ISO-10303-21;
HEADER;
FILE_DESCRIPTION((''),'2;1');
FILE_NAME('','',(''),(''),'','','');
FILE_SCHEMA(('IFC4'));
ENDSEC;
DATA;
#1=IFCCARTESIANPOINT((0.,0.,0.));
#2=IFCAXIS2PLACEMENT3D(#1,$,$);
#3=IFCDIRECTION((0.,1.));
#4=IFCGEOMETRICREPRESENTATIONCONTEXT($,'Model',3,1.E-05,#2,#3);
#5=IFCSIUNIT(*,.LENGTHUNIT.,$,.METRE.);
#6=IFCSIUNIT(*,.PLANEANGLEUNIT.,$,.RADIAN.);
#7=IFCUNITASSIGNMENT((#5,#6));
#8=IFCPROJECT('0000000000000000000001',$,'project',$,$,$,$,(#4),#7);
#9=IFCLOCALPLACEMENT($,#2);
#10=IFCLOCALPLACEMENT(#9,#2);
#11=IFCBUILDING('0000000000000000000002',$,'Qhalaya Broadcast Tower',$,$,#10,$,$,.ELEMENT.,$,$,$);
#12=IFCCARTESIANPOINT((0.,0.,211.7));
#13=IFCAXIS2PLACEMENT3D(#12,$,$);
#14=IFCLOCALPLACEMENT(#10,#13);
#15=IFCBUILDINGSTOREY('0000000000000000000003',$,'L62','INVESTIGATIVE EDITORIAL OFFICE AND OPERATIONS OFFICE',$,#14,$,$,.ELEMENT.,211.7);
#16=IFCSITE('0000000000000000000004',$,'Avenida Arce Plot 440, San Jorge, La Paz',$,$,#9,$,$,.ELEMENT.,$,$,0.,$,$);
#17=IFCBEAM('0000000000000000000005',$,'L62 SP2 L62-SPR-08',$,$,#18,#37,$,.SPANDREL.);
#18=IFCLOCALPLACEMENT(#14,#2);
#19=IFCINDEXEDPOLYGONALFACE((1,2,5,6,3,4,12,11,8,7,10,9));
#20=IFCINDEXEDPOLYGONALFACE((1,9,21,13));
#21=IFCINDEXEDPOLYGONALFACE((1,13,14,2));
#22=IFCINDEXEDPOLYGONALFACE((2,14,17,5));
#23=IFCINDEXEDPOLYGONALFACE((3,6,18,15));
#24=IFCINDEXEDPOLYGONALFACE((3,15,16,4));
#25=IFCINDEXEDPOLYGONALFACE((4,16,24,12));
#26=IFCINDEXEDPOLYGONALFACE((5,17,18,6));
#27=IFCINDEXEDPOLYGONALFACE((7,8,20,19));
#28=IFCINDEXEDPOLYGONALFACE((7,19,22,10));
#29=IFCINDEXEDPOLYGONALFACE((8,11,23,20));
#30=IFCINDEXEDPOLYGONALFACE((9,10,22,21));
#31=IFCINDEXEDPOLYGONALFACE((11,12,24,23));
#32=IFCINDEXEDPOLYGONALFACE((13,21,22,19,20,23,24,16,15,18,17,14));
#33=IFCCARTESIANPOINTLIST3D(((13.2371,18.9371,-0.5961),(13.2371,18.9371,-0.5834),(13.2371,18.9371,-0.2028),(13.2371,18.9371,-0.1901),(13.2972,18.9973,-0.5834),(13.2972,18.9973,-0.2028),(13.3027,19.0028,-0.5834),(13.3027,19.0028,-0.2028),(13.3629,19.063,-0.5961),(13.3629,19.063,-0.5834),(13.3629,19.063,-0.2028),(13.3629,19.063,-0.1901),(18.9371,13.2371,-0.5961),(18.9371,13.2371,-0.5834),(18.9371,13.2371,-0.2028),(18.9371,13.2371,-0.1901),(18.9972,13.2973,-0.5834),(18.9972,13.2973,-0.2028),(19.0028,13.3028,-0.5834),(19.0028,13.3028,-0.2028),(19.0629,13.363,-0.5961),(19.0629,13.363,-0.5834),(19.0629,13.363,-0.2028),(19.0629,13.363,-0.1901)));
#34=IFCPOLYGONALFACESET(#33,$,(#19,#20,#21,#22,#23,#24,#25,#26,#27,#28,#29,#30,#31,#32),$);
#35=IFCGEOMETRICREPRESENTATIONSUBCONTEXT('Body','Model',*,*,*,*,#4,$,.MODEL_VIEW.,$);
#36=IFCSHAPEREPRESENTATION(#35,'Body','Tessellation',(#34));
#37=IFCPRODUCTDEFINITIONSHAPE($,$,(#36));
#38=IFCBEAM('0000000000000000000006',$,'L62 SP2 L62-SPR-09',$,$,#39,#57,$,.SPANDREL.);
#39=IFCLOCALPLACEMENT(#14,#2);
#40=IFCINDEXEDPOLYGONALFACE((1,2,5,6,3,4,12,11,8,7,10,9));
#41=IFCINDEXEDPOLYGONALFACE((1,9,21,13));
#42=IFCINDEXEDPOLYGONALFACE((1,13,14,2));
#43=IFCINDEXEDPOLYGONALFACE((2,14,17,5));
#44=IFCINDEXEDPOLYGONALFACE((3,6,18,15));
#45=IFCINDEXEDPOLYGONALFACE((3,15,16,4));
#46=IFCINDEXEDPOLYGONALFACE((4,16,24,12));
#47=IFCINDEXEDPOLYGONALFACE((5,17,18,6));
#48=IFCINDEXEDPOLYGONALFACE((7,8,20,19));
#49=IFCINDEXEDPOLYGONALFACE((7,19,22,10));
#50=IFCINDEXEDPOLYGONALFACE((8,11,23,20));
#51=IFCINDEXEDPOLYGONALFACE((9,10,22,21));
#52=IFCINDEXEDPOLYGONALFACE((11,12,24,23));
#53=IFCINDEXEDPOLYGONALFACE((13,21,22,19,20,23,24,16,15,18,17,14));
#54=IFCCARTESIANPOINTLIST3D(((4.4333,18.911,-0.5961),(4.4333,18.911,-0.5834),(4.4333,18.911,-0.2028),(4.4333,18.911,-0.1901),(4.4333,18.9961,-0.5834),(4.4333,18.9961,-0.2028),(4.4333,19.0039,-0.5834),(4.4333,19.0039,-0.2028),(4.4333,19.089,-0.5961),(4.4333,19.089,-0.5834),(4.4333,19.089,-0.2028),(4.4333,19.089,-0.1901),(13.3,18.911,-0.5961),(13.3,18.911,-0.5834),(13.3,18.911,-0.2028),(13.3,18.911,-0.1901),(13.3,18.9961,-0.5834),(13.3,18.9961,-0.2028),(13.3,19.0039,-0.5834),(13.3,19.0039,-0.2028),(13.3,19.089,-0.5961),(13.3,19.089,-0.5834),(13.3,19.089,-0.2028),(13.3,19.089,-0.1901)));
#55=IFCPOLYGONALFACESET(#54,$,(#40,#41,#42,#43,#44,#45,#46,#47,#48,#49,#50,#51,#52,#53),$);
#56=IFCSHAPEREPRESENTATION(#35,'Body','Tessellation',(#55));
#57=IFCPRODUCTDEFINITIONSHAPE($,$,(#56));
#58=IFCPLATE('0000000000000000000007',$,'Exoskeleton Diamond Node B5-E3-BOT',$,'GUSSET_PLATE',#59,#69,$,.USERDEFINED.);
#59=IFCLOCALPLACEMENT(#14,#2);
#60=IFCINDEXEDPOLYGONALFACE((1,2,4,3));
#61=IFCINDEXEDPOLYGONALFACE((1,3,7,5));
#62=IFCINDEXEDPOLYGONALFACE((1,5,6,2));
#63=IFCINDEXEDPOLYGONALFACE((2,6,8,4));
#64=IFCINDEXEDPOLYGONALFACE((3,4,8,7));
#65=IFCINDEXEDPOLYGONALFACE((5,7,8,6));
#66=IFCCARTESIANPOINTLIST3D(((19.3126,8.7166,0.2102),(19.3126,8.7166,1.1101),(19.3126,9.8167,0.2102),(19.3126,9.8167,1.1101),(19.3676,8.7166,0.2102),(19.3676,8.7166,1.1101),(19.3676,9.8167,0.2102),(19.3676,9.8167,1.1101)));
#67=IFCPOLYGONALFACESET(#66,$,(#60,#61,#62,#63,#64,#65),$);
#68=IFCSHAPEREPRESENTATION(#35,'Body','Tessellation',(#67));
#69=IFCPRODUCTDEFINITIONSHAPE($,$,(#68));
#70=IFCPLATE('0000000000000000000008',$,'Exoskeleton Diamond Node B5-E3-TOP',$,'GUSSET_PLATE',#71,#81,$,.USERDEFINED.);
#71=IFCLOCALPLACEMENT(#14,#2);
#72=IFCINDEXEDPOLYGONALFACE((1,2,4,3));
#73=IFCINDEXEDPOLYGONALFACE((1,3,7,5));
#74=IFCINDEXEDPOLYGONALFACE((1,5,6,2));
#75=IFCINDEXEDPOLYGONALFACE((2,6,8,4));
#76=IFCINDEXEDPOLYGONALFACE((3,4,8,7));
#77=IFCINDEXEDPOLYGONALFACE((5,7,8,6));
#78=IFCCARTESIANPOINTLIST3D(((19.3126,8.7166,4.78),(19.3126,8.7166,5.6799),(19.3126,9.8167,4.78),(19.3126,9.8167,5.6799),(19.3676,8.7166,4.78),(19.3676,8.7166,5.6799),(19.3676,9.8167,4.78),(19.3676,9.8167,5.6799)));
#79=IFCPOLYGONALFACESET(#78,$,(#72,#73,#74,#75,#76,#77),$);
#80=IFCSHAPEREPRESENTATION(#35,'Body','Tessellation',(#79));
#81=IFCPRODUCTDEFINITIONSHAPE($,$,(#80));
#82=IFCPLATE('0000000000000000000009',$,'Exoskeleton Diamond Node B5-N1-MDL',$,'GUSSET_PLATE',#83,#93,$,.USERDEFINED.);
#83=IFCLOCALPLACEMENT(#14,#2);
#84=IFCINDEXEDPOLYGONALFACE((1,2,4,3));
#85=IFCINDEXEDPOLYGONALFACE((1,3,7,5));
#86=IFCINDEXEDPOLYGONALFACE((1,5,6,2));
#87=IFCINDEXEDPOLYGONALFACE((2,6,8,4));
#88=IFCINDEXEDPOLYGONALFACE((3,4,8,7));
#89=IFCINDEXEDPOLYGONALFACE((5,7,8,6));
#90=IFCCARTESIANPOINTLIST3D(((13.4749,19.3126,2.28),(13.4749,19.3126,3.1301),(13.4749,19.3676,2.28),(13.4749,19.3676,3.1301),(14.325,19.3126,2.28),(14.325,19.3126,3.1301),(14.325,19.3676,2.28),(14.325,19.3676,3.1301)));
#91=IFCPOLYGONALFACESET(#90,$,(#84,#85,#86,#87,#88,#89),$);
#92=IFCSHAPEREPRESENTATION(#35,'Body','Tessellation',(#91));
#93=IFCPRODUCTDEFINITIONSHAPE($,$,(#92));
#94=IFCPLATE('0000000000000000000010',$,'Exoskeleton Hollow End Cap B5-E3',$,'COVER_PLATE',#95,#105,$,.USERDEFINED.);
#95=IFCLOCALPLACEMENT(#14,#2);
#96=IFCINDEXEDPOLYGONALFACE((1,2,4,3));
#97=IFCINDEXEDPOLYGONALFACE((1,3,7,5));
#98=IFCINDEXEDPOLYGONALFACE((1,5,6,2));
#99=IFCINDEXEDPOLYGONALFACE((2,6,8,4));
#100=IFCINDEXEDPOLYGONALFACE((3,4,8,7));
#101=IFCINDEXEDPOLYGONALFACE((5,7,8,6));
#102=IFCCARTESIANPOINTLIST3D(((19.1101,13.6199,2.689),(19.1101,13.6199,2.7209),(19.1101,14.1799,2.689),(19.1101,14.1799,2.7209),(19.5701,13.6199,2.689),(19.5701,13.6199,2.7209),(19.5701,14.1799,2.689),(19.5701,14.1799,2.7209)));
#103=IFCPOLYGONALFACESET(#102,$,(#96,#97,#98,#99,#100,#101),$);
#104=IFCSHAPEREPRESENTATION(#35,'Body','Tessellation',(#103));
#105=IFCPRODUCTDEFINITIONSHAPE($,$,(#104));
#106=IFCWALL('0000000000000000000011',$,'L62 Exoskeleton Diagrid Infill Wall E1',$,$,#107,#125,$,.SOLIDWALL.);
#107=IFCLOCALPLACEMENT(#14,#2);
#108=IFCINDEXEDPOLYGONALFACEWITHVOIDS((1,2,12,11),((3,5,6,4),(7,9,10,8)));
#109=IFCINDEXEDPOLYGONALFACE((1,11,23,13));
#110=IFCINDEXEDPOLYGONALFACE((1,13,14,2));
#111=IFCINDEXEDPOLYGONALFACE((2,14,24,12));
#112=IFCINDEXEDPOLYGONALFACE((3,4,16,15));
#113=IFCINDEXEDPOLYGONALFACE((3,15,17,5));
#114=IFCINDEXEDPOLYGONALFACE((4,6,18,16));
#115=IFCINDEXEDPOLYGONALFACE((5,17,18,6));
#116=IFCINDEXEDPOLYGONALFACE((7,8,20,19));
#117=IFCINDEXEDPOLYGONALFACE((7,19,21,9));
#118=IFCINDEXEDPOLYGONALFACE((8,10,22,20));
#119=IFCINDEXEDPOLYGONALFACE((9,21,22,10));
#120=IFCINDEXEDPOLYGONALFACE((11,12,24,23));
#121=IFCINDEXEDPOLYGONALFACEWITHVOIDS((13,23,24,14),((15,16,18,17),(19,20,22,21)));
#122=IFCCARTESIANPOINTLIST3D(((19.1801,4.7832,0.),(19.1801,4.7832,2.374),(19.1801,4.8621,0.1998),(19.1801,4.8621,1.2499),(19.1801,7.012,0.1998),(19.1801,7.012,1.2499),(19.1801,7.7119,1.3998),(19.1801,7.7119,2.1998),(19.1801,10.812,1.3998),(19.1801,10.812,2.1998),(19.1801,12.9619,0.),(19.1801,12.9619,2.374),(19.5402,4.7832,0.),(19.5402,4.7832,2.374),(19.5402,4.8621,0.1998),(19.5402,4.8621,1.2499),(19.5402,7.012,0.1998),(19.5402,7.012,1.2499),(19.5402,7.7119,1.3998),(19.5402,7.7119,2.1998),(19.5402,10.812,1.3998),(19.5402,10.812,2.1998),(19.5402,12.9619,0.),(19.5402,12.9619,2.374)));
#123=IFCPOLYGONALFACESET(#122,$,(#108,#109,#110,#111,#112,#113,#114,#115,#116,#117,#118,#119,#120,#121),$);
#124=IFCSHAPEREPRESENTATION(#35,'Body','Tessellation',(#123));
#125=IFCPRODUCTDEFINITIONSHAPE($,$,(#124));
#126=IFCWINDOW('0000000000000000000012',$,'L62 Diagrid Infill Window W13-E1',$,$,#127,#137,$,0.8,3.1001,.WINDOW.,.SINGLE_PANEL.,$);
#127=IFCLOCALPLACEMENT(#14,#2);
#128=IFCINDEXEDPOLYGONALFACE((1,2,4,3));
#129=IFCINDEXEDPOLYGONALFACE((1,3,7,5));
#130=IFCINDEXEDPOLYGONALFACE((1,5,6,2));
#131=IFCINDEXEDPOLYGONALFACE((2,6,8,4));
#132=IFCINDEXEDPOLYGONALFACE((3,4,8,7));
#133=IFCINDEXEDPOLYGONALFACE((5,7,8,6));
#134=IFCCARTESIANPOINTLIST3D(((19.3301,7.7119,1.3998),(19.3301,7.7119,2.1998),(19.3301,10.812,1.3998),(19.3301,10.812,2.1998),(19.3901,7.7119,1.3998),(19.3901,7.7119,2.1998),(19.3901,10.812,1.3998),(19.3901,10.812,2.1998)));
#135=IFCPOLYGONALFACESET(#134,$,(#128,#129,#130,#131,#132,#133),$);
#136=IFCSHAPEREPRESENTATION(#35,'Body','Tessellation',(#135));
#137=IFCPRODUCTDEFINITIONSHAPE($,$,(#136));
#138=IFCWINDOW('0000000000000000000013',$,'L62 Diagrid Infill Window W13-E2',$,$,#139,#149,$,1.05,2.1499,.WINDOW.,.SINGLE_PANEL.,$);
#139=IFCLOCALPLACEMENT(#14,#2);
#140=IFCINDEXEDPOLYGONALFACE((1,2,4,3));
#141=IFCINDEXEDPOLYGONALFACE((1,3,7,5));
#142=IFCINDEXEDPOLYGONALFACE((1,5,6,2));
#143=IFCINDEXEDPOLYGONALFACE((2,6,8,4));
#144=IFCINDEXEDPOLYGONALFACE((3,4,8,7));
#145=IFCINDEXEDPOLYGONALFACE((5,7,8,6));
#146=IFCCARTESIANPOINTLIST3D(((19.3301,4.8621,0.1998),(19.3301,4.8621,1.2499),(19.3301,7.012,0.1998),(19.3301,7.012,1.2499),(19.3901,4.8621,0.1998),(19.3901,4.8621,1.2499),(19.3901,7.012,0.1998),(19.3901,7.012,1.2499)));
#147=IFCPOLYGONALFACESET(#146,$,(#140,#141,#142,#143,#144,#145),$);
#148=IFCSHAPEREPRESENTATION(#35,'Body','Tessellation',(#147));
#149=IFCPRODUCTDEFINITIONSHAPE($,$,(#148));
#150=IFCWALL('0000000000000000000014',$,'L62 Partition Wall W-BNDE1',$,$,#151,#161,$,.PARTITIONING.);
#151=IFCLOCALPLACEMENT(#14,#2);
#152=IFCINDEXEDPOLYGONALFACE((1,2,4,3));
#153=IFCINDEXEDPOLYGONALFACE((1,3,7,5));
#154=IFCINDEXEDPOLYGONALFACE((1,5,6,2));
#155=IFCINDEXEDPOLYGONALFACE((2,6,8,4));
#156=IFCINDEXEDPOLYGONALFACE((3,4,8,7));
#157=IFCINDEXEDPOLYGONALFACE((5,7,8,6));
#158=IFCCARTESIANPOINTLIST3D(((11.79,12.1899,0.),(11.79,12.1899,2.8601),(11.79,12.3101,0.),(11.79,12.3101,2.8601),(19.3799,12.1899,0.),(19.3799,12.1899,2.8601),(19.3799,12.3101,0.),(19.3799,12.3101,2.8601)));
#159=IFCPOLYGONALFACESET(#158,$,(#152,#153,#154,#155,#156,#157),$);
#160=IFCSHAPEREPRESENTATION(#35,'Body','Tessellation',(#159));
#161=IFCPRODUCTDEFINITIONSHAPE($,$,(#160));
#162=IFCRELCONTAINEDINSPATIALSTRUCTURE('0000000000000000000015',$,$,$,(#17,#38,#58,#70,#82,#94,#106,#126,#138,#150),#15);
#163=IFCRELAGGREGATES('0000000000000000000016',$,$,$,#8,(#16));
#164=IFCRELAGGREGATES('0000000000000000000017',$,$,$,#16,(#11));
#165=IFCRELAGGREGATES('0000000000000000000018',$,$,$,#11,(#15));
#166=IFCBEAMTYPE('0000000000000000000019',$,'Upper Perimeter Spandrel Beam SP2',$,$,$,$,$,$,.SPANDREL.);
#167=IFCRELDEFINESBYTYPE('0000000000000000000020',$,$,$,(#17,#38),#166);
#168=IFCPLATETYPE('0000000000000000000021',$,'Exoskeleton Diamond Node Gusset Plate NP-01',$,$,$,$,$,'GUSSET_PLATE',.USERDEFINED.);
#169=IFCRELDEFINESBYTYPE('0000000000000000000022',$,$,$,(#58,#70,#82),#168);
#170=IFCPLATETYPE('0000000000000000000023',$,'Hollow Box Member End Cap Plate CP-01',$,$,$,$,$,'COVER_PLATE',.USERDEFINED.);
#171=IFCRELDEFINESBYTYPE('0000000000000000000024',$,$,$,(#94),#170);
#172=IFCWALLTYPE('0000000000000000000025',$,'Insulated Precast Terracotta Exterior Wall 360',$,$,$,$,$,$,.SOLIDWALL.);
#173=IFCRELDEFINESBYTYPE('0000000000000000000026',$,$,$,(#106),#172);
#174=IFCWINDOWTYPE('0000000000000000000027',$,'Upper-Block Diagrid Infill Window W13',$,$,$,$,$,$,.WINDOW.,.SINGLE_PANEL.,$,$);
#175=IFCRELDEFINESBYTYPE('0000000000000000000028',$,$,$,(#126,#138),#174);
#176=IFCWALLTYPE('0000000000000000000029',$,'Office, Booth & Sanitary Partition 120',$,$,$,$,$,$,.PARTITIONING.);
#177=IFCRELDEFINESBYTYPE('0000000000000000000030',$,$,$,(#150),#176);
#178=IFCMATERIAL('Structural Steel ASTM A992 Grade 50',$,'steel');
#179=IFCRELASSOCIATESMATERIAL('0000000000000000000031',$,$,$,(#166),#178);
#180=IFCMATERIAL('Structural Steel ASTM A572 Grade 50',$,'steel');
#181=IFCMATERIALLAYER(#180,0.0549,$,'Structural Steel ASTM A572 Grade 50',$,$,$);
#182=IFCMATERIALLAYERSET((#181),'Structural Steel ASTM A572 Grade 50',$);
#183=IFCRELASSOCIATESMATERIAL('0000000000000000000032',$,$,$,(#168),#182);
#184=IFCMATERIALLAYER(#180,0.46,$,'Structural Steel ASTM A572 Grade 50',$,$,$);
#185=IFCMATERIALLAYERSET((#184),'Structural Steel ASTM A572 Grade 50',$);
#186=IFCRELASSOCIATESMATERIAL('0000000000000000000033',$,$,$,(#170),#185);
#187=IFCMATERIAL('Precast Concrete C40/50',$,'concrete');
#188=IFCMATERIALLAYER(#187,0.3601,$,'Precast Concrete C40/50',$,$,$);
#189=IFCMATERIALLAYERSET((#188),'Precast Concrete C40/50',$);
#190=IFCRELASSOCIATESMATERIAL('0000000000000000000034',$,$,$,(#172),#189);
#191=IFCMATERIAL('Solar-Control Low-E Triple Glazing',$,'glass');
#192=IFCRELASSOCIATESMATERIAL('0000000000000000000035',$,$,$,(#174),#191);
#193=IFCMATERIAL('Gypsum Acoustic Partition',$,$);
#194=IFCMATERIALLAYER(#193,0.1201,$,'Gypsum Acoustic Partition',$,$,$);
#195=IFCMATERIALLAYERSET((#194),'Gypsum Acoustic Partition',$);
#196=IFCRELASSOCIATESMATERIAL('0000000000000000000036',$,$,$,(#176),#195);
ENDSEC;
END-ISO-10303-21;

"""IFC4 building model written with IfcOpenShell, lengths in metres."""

from ifc_helpers import new_model, si_unit, direction, frame, frame_2d, origin, origin_2d, place, context, subcontext, project, spatial, rectangle, i_section, extrude, material, layer, layer_set, material_profile, profile_set, type_object, element, fill, save


model = new_model("IFC4")

# Units and contexts
model_context = context("Model", 3, precision=1e-05, world=origin(), true_north=direction((0.0, 1.0)))
body_context = subcontext(model_context, "Body", "Model", "MODEL_VIEW")
ifc_project = project(units=[si_unit("LENGTHUNIT", "METRE"), si_unit("PLANEANGLEUNIT", "RADIAN")], contexts=[model_context])

# Site, building, storey
site_placement = place(None, origin())
site = spatial("IfcSite", under=ifc_project, at=site_placement, Name="Avenida Arce Plot 440, San Jorge, La Paz", CompositionType="ELEMENT", RefElevation=0.0)
building_placement = place(site_placement, origin())
building = spatial("IfcBuilding", under=site, at=building_placement, Name="Qhalaya Broadcast Tower", CompositionType="ELEMENT")
storey_placement = place(building_placement, frame((0.0, 0.0, 211.7)))
storey = spatial("IfcBuildingStorey", under=building, at=storey_placement, Name="L62", Description="INVESTIGATIVE EDITORIAL OFFICE AND OPERATIONS OFFICE", CompositionType="ELEMENT", Elevation=211.7)

# Shared definitions
ifc_material_1 = material(Name="Structural Steel ASTM A572 Grade 50", Category="steel")

# Shared definitions
ifc_material_2 = material(Name="Structural Steel ASTM A992 Grade 50", Category="steel")

# Beams
ifc_material_profile_1 = material_profile(ifc_material_2, i_section(OverallWidth=0.178, OverallDepth=0.406, WebThickness=0.0078, FlangeThickness=0.0127, at=origin_2d()), Name="W16X40")
ifc_profile_set_1 = profile_set([ifc_material_profile_1], Name="Structural Steel ASTM A992 Grade 50")
beam_type_1 = type_object("IfcBeamType", Name="Upper Perimeter Spandrel Beam SP2", PredefinedType="SPANDREL", material=ifc_profile_set_1)
beam_1_placement = place(storey_placement, frame((19.0, 13.3, -0.3931), z_axis=(-0.707107, 0.707107, 0.0), x_axis=(-0.707107, -0.707107, 0.0)))
element("IfcBeam", 1, at=beam_1_placement, inside=storey, type_object=beam_type_1, Name="L62 SP2 L62-SPR-08", PredefinedType="SPANDREL", context=body_context, shape_type="SweptSolid", body=[
    extrude(i_section(OverallWidth=0.178, OverallDepth=0.406, WebThickness=0.0078, FlangeThickness=0.0127, at=origin_2d()), origin(), (0.0, 0.0, 1.0), 8.061),
])
beam_2_placement = place(storey_placement, frame((13.3, 19.0, -0.3931), z_axis=(-1.0, 0.0, 0.0), x_axis=(0.0, -1.0, 0.0)))
element("IfcBeam", 2, at=beam_2_placement, inside=storey, type_object=beam_type_1, Name="L62 SP2 L62-SPR-09", PredefinedType="SPANDREL", context=body_context, shape_type="SweptSolid", body=[
    extrude(i_section(OverallWidth=0.178, OverallDepth=0.406, WebThickness=0.0078, FlangeThickness=0.0127, at=origin_2d()), origin(), (0.0, 0.0, 1.0), 8.8667),
])

# Plates
ifc_layer_1 = layer(ifc_material_1, 0.0549, Name="Structural Steel ASTM A572 Grade 50")
ifc_layer_set_1 = layer_set([ifc_layer_1], Name="Structural Steel ASTM A572 Grade 50")
plate_type_1 = type_object("IfcPlateType", Name="Exoskeleton Diamond Node Gusset Plate NP-01", ElementType="GUSSET_PLATE", PredefinedType="USERDEFINED", material=ifc_layer_set_1)
for number, where, z_axis, x_axis, name in (
    (3, (19.3401, 9.2666, 0.2102), (0.0, 0.0, 1.0), (0.0, 1.0, 0.0), "Exoskeleton Diamond Node B5-E3-BOT"),
    (4, (19.3401, 9.2666, 4.78), (0.0, 0.0, 1.0), (0.0, 1.0, 0.0), "Exoskeleton Diamond Node B5-E3-TOP"),
):
    element("IfcPlate", number, at=place(storey_placement, frame(where, z_axis=z_axis, x_axis=x_axis)), inside=storey, type_object=plate_type_1, Name=name, ObjectType="GUSSET_PLATE", PredefinedType="USERDEFINED", context=body_context, shape_type="SweptSolid", body=[
        extrude(rectangle(XDim=1.1001, YDim=0.0549, at=origin_2d()), origin(), (0.0, 0.0, 1.0), 0.8999),
    ])
plate_1_placement = place(storey_placement, frame((13.8999, 19.3401, 2.28), z_axis=(0.0, 0.0, 1.0), x_axis=(1.0, 0.0, 0.0)))
element("IfcPlate", 5, at=plate_1_placement, inside=storey, type_object=plate_type_1, Name="Exoskeleton Diamond Node B5-N1-MDL", ObjectType="GUSSET_PLATE", PredefinedType="USERDEFINED", context=body_context, shape_type="SweptSolid", body=[
    extrude(rectangle(XDim=0.8501, YDim=0.0549, at=origin_2d()), origin(), (0.0, 0.0, 1.0), 0.8501),
])
ifc_layer_2 = layer(ifc_material_1, 0.46, Name="Structural Steel ASTM A572 Grade 50")
ifc_layer_set_2 = layer_set([ifc_layer_2], Name="Structural Steel ASTM A572 Grade 50")
plate_type_2 = type_object("IfcPlateType", Name="Hollow Box Member End Cap Plate CP-01", ElementType="COVER_PLATE", PredefinedType="USERDEFINED", material=ifc_layer_set_2)
plate_2_placement = place(storey_placement, frame((19.3401, 13.8999, 2.689), z_axis=(0.0, 0.0, 1.0), x_axis=(0.0, 1.0, 0.0)))
element("IfcPlate", 6, at=plate_2_placement, inside=storey, type_object=plate_type_2, Name="Exoskeleton Hollow End Cap B5-E3", ObjectType="COVER_PLATE", PredefinedType="USERDEFINED", context=body_context, shape_type="SweptSolid", body=[
    extrude(rectangle(XDim=0.5601, YDim=0.46, at=origin_2d()), origin(), (0.0, 0.0, 1.0), 0.032),
])

# Wall, openings, windows
ifc_material_3 = material(Name="Precast Concrete C40/50", Category="concrete")
ifc_layer_3 = layer(ifc_material_3, 0.3601, Name="Precast Concrete C40/50")
ifc_layer_set_3 = layer_set([ifc_layer_3], Name="Precast Concrete C40/50")
wall_type_1 = type_object("IfcWallType", Name="Insulated Precast Terracotta Exterior Wall 360", PredefinedType="SOLIDWALL", material=ifc_layer_set_3)
wall_1_placement = place(storey_placement, frame((19.3601, 12.9619, 0.0), z_axis=(0.0, 0.0, 1.0), x_axis=(0.0, -1.0, 0.0)))
wall_1 = element("IfcWall", 7, at=wall_1_placement, inside=storey, type_object=wall_type_1, Name="L62 Exoskeleton Diagrid Infill Wall E1", PredefinedType="SOLIDWALL", context=body_context, shape_type="SweptSolid", body=[
    extrude(rectangle(XDim=8.1787, YDim=0.3601, at=frame_2d((4.0894, 0.0))), origin(), (0.0, 0.0, 1.0), 2.374),
])
opening_1_placement = place(wall_1_placement, frame((2.1499, 0.0, 1.3999)))
opening_1 = element("IfcOpeningElement", 8, at=opening_1_placement, cuts=wall_1, PredefinedType="OPENING", context=body_context, shape_type="SweptSolid", body=[
    extrude(rectangle(XDim=3.1001, YDim=0.8, at=frame_2d((1.55, 0.3999))), frame((0.0, 0.1921, 0.0), z_axis=(0.0, -1.0, 0.0), x_axis=(1.0, 0.0, 0.0)), (0.0, 0.0, 1.0), 0.384),
])
opening_2_placement = place(wall_1_placement, frame((5.95, 0.0, 0.2)))
opening_2 = element("IfcOpeningElement", 9, at=opening_2_placement, cuts=wall_1, PredefinedType="OPENING", context=body_context, shape_type="SweptSolid", body=[
    extrude(rectangle(XDim=2.1499, YDim=1.05, at=frame_2d((1.075, 0.5249))), frame((0.0, 0.1921, 0.0), z_axis=(0.0, -1.0, 0.0), x_axis=(1.0, 0.0, 0.0)), (0.0, 0.0, 1.0), 0.384),
])
ifc_material_4 = material(Name="Solar-Control Low-E Triple Glazing", Category="glass")
window_type = type_object("IfcWindowType", Name="Upper-Block Diagrid Infill Window W13", PartitioningType="SINGLE_PANEL", PredefinedType="WINDOW", material=ifc_material_4)
window_1_placement = place(opening_1_placement, origin())
window_1 = element("IfcWindow", 10, at=window_1_placement, inside=storey, type_object=window_type, Name="L62 Diagrid Infill Window W13-E1", OverallHeight=0.8, OverallWidth=3.1001, PartitioningType="SINGLE_PANEL", PredefinedType="WINDOW", context=body_context, shape_type="SweptSolid", body=[
    extrude(rectangle(XDim=3.1001, YDim=0.8, at=frame_2d((1.55, 0.3999))), frame((0.0, 0.03, 0.0), z_axis=(0.0, -1.0, 0.0), x_axis=(1.0, 0.0, 0.0)), (0.0, 0.0, 1.0), 0.0601),
])
fill(opening_1, window_1)
window_2_placement = place(opening_2_placement, origin())
window_2 = element("IfcWindow", 11, at=window_2_placement, inside=storey, type_object=window_type, Name="L62 Diagrid Infill Window W13-E2", OverallHeight=1.05, OverallWidth=2.1499, PartitioningType="SINGLE_PANEL", PredefinedType="WINDOW", context=body_context, shape_type="SweptSolid", body=[
    extrude(rectangle(XDim=2.1499, YDim=1.05, at=frame_2d((1.075, 0.5249))), frame((0.0, 0.03, 0.0), z_axis=(0.0, -1.0, 0.0), x_axis=(1.0, 0.0, 0.0)), (0.0, 0.0, 1.0), 0.0601),
])
fill(opening_2, window_2)

# Wall
ifc_material_5 = material(Name="Gypsum Acoustic Partition")
ifc_layer_4 = layer(ifc_material_5, 0.1201, Name="Gypsum Acoustic Partition")
ifc_layer_set_4 = layer_set([ifc_layer_4], Name="Gypsum Acoustic Partition")
wall_type_2 = type_object("IfcWallType", Name="Office, Booth & Sanitary Partition 120", PredefinedType="PARTITIONING", material=ifc_layer_set_4)
wall_2_placement = place(storey_placement, frame((11.79, 12.25, 0.0), z_axis=(0.0, 0.0, 1.0), x_axis=(1.0, 0.0, 0.0)))
element("IfcWall", 12, at=wall_2_placement, inside=storey, type_object=wall_type_2, Name="L62 Partition Wall W-BNDE1", PredefinedType="PARTITIONING", context=body_context, shape_type="SweptSolid", body=[
    extrude(rectangle(XDim=7.5898, YDim=0.1201, at=frame_2d((3.7949, 0.0))), origin(), (0.0, 0.0, 1.0), 2.8601),
])

save(model, "model.ifc")
